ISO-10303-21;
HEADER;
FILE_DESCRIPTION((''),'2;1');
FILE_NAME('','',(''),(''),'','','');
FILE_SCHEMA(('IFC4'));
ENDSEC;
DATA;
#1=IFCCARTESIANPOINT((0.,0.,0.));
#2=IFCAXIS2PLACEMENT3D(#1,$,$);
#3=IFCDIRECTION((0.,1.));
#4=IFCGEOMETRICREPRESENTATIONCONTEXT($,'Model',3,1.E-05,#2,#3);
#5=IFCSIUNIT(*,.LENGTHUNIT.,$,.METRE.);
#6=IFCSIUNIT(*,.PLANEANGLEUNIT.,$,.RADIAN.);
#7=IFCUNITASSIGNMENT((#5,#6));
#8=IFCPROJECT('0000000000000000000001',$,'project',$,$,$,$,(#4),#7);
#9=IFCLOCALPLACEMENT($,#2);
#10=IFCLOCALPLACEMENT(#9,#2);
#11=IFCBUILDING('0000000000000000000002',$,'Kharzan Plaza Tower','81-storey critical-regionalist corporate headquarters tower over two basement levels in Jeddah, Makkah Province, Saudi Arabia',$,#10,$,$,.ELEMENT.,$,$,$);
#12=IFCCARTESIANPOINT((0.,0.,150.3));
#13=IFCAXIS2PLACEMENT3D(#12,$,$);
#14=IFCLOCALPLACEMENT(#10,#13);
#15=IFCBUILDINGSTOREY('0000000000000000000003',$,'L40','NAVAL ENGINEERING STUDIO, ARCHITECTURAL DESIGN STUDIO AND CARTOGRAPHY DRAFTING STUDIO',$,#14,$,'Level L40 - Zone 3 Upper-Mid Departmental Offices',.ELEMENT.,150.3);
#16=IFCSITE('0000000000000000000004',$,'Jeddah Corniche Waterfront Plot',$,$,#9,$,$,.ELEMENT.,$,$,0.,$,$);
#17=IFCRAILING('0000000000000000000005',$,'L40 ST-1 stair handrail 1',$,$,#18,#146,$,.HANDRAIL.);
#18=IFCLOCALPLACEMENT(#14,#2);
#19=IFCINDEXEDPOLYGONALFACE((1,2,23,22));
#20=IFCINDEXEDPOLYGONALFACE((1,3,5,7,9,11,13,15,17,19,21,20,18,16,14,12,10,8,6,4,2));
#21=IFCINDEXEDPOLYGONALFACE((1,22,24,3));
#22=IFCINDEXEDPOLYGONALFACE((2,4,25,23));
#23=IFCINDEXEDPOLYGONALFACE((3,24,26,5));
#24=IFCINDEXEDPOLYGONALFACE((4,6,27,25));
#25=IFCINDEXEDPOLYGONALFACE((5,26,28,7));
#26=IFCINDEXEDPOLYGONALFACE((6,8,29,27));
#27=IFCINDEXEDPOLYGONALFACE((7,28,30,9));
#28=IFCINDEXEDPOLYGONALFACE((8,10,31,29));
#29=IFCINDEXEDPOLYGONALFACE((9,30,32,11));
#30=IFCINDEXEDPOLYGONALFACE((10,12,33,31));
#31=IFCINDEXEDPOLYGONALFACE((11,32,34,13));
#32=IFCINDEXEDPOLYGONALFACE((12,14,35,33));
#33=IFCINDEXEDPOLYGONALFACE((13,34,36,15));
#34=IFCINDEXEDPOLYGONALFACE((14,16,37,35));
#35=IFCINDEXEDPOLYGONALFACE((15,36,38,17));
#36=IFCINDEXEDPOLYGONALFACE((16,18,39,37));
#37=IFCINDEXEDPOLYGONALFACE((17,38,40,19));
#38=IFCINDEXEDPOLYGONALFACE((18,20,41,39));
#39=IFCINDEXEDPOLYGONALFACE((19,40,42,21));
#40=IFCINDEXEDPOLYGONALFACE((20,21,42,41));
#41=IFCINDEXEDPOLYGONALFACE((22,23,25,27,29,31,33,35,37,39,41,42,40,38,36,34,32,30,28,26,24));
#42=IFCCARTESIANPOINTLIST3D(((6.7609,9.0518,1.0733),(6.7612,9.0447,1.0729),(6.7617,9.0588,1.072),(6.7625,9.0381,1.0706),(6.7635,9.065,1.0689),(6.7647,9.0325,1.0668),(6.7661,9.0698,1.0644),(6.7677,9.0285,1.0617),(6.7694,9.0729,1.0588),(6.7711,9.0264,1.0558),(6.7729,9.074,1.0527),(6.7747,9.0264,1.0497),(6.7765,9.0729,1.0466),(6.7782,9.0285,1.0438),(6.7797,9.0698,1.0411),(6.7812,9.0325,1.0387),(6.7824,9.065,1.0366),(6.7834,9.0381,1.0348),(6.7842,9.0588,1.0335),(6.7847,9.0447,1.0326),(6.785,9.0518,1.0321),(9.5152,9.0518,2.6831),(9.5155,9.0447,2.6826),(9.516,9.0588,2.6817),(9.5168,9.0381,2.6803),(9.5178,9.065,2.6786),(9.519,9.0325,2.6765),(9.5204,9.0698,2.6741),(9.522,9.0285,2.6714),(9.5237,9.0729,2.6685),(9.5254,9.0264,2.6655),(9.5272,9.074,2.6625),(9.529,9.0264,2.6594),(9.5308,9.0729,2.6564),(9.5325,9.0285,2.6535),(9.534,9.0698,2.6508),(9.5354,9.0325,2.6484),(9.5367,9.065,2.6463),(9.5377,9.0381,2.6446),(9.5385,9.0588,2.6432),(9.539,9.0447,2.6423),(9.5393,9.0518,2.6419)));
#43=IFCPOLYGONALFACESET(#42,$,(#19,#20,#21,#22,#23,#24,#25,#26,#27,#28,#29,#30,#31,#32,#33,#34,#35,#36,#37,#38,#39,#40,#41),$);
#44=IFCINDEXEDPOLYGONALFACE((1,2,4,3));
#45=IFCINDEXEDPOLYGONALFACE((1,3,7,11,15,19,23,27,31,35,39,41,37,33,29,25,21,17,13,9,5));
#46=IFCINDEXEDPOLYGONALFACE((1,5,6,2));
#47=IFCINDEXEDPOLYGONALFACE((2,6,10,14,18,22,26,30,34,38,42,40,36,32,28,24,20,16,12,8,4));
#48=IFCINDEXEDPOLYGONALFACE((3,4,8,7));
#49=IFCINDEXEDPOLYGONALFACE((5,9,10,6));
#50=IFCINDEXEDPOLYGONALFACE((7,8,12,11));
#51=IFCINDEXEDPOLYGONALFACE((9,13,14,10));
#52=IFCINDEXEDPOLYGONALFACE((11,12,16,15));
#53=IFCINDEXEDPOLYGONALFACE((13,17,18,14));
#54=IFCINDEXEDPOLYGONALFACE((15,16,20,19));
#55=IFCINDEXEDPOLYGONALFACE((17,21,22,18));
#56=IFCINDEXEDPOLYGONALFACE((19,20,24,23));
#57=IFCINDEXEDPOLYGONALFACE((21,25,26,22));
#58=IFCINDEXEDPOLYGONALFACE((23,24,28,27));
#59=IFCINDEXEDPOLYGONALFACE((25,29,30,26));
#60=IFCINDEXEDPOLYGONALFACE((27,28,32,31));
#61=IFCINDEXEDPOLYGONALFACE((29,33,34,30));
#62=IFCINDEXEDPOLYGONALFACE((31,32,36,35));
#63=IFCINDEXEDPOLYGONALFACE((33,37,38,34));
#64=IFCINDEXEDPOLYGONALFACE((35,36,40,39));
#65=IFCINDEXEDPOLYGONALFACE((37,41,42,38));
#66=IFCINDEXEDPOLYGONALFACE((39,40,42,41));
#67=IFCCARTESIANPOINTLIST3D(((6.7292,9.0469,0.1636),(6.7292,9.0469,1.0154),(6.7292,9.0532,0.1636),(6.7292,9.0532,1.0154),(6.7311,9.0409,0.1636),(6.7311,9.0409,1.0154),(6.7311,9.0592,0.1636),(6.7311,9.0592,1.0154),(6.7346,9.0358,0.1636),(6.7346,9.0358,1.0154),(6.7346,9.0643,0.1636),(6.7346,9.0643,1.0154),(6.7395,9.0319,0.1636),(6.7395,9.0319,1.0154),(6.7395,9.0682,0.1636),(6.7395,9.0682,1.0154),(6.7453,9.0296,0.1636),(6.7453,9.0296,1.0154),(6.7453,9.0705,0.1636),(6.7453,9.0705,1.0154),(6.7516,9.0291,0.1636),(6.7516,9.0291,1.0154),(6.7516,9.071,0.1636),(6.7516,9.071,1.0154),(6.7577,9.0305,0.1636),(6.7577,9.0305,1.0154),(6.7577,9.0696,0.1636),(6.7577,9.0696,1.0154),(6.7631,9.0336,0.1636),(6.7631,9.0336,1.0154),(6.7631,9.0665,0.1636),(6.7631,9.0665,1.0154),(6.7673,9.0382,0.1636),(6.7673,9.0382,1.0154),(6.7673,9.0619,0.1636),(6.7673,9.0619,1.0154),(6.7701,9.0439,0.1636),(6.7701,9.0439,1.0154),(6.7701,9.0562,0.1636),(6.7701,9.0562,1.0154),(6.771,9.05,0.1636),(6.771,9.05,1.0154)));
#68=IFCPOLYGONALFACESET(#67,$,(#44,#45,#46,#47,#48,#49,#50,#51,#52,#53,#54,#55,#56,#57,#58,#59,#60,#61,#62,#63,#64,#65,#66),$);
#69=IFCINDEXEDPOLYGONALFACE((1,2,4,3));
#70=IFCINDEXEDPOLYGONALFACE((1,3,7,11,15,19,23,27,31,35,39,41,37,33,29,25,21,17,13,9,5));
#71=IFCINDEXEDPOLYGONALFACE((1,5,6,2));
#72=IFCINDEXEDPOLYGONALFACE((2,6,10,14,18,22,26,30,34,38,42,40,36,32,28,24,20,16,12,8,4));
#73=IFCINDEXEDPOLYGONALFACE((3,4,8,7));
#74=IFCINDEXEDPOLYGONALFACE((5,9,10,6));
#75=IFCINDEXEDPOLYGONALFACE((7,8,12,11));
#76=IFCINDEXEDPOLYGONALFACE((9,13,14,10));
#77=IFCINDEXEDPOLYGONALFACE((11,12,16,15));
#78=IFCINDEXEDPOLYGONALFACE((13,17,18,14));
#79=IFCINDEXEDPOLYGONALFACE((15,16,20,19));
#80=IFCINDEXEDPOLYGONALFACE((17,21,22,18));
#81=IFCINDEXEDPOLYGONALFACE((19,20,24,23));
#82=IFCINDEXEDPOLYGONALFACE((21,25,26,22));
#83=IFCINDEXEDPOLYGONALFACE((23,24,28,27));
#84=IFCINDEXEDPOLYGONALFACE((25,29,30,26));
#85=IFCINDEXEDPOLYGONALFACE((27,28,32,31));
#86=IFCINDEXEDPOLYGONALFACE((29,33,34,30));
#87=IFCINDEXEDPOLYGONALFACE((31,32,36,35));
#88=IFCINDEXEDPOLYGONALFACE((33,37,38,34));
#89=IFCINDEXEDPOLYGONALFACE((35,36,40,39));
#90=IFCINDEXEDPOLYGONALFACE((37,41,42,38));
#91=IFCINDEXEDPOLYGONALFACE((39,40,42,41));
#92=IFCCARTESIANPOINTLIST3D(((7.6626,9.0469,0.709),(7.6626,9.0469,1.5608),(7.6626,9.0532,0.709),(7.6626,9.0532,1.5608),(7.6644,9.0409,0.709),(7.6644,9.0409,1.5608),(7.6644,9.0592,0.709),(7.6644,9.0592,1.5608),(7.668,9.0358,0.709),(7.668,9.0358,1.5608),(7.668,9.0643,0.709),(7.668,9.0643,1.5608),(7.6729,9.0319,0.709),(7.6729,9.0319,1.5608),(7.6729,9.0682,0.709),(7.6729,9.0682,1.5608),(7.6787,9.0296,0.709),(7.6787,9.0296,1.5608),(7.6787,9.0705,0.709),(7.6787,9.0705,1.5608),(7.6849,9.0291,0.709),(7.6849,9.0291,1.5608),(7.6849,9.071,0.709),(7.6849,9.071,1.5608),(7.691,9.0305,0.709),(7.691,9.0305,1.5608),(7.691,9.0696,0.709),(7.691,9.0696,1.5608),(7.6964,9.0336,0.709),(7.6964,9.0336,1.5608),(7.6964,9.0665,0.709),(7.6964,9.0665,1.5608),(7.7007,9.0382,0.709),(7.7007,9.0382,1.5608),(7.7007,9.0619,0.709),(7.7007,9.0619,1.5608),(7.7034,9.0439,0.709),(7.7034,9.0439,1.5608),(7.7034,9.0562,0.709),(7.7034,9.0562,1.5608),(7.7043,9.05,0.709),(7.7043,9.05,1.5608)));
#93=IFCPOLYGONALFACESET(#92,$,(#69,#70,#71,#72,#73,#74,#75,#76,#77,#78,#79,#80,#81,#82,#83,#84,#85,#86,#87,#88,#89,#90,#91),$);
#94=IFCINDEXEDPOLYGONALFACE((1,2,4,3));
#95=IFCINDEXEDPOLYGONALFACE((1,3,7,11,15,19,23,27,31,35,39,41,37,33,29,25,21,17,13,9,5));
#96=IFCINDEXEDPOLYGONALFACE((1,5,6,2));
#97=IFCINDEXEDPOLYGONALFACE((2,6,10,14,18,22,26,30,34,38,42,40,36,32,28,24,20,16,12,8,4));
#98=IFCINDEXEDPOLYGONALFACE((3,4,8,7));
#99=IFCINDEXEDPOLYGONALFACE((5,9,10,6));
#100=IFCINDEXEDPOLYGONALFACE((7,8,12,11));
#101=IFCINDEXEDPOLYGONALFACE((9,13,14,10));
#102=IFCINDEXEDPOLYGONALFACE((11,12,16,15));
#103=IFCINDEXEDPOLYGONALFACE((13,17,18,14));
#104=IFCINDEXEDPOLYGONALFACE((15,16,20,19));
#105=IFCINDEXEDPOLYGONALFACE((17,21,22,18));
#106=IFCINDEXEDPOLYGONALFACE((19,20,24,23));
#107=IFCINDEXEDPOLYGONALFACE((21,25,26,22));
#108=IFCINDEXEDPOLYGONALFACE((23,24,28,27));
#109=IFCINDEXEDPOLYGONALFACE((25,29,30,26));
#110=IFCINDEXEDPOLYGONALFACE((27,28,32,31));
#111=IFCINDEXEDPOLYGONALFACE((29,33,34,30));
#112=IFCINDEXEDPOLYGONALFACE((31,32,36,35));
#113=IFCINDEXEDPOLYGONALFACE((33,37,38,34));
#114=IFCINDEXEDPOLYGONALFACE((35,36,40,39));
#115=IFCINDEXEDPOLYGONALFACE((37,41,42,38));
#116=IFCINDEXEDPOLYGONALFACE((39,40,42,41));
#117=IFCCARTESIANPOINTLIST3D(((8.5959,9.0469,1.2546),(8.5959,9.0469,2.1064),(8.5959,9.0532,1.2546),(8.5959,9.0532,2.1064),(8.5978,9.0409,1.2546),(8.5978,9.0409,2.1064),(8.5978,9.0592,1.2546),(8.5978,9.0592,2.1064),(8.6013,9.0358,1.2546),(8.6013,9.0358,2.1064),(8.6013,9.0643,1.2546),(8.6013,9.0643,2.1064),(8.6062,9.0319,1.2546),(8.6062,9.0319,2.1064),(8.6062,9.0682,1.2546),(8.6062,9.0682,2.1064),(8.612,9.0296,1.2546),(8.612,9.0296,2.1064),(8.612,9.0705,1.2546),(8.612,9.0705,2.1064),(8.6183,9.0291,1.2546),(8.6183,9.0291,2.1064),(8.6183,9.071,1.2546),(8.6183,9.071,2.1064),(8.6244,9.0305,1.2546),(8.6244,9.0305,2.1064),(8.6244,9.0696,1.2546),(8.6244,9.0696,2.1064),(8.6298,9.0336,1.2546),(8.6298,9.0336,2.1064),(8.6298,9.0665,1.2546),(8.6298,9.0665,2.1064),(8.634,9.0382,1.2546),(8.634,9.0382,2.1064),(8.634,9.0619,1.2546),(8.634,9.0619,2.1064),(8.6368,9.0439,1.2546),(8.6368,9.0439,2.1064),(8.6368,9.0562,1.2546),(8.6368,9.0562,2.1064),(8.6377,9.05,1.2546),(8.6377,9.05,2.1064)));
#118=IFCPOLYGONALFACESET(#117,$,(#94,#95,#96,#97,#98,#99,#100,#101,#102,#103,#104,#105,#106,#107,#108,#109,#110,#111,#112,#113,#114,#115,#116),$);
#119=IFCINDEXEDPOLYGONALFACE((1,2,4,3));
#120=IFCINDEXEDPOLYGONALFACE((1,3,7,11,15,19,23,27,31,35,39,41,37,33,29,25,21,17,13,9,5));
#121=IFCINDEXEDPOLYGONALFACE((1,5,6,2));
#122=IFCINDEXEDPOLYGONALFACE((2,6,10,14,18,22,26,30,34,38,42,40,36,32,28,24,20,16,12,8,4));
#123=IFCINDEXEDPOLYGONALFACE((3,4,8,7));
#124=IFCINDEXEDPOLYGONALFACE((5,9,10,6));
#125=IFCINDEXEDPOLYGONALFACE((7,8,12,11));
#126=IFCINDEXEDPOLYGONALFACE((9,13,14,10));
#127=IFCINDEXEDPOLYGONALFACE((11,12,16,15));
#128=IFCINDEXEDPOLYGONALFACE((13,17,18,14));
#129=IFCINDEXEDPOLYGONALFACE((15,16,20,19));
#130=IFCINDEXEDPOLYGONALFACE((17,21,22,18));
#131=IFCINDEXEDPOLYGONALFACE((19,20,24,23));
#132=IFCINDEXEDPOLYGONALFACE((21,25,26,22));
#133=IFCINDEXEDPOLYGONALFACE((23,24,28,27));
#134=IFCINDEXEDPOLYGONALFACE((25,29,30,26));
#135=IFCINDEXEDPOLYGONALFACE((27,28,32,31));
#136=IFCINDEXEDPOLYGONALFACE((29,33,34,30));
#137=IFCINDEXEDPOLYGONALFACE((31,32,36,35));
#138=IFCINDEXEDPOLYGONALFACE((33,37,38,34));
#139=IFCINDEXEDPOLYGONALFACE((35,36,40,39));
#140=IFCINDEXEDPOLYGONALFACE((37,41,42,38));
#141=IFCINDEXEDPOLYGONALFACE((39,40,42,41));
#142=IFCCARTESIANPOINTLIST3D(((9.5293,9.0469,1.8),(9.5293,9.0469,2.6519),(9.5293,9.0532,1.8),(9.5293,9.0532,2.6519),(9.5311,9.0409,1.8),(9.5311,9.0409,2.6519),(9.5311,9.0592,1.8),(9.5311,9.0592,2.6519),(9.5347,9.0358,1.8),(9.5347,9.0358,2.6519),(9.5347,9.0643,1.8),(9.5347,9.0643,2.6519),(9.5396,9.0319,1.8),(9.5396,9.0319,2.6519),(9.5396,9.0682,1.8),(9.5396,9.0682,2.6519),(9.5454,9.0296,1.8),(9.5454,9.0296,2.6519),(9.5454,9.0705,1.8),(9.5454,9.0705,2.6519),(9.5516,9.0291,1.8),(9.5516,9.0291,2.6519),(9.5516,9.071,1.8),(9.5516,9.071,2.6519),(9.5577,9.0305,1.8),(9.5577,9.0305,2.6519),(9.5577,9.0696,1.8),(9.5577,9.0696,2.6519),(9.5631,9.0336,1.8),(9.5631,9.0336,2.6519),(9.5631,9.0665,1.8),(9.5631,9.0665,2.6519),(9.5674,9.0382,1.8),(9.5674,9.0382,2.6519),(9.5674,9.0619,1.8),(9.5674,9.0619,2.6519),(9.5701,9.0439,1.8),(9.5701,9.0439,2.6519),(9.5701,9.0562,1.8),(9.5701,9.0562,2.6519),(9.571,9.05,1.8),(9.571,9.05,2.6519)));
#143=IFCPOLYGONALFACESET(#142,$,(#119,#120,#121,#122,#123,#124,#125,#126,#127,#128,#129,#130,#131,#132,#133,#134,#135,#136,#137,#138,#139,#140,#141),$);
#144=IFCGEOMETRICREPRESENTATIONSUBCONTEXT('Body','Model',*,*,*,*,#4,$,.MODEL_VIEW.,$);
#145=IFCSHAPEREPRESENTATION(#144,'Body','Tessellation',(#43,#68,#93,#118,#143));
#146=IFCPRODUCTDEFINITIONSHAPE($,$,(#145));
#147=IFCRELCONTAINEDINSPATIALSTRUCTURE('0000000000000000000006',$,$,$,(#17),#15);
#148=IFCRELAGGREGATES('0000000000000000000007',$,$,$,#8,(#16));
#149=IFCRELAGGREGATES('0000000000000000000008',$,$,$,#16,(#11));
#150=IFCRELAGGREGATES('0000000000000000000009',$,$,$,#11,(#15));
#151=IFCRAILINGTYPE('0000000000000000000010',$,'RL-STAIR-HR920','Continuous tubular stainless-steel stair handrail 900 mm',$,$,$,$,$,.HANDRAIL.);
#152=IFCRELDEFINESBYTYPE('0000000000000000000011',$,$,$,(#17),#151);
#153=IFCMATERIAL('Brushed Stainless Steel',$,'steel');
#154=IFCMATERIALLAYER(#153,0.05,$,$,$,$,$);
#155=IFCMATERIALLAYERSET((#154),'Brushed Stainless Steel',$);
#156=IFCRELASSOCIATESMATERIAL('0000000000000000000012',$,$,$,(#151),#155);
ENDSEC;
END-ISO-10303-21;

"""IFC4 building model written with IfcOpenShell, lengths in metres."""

from ifc_helpers import new_model, si_unit, direction, frame, origin, origin_2d, place, context, subcontext, project, spatial, circle, extrude, source, transform, mapped, material, layer, layer_set, type_object, element, save


model = new_model("IFC4")

# Units and contexts
model_context = context("Model", 3, precision=1e-05, world=origin(), true_north=direction((0.0, 1.0)))
body_context = subcontext(model_context, "Body", "Model", "MODEL_VIEW")
ifc_project = project(units=[si_unit("LENGTHUNIT", "METRE"), si_unit("PLANEANGLEUNIT", "RADIAN")], contexts=[model_context])

# Site, building, storey
site_placement = place(None, origin())
site = spatial("IfcSite", under=ifc_project, at=site_placement, Name="Jeddah Corniche Waterfront Plot", CompositionType="ELEMENT", RefElevation=0.0)
building_placement = place(site_placement, origin())
building = spatial("IfcBuilding", under=site, at=building_placement, Name="Kharzan Plaza Tower", Description="81-storey critical-regionalist corporate headquarters tower over two basement levels in Jeddah, Makkah Province, Saudi Arabia", CompositionType="ELEMENT")
storey_placement = place(building_placement, frame((0.0, 0.0, 150.3)))
storey = spatial("IfcBuildingStorey", under=building, at=storey_placement, Name="L40", Description="NAVAL ENGINEERING STUDIO, ARCHITECTURAL DESIGN STUDIO AND CARTOGRAPHY DRAFTING STUDIO", LongName="Level L40 - Zone 3 Upper-Mid Departmental Offices", CompositionType="ELEMENT", Elevation=150.3)

# Railing
ifc_material_1 = material(Name="Brushed Stainless Steel", Category="steel")
ifc_layer_1 = layer(ifc_material_1, 0.05)
ifc_layer_set_1 = layer_set([ifc_layer_1], Name="Brushed Stainless Steel")
railing_type_1 = type_object("IfcRailingType", Name="RL-STAIR-HR920", Description="Continuous tubular stainless-steel stair handrail 900 mm", PredefinedType="HANDRAIL", material=ifc_layer_set_1)
shared_shape_1 = source(origin(), body_context, "Body", "SweptSolid", [
    extrude(circle(Radius=0.0239, at=origin_2d()), frame((0.0229, 0.0, 0.8892), z_axis=(0.863361, 0.0, 0.504587), x_axis=(0.0, 1.0, 0.0)), (0.0, 0.0, 1.0), 3.1902),
    extrude(circle(Radius=0.021, at=origin_2d()), origin(), (0.0, 0.0, 1.0), 0.8518),
    extrude(circle(Radius=0.021, at=origin_2d()), frame((0.9333, 0.0, 0.5454)), (0.0, 0.0, 1.0), 0.8518),
    extrude(circle(Radius=0.021, at=origin_2d()), frame((1.8667, 0.0, 1.0911)), (0.0, 0.0, 1.0), 0.8518),
    extrude(circle(Radius=0.021, at=origin_2d()), frame((2.8, 0.0, 1.6365)), (0.0, 0.0, 1.0), 0.8518),
])
railing_1_placement = place(storey_placement, frame((6.75, 9.05, 0.1636)))
element("IfcRailing", 1, at=railing_1_placement, inside=storey, type_object=railing_type_1, Name="L40 ST-1 stair handrail 1", PredefinedType="HANDRAIL", context=body_context, shape_type="MappedRepresentation", body=[
    mapped(shared_shape_1, transform((0.0, 0.0, 0.0), x_axis=(1.0, 0.0, 0.0), y_axis=(0.0, 1.0, 0.0), z_axis=(0.0, 0.0, 1.0))),
])

save(model, "model.ifc")
